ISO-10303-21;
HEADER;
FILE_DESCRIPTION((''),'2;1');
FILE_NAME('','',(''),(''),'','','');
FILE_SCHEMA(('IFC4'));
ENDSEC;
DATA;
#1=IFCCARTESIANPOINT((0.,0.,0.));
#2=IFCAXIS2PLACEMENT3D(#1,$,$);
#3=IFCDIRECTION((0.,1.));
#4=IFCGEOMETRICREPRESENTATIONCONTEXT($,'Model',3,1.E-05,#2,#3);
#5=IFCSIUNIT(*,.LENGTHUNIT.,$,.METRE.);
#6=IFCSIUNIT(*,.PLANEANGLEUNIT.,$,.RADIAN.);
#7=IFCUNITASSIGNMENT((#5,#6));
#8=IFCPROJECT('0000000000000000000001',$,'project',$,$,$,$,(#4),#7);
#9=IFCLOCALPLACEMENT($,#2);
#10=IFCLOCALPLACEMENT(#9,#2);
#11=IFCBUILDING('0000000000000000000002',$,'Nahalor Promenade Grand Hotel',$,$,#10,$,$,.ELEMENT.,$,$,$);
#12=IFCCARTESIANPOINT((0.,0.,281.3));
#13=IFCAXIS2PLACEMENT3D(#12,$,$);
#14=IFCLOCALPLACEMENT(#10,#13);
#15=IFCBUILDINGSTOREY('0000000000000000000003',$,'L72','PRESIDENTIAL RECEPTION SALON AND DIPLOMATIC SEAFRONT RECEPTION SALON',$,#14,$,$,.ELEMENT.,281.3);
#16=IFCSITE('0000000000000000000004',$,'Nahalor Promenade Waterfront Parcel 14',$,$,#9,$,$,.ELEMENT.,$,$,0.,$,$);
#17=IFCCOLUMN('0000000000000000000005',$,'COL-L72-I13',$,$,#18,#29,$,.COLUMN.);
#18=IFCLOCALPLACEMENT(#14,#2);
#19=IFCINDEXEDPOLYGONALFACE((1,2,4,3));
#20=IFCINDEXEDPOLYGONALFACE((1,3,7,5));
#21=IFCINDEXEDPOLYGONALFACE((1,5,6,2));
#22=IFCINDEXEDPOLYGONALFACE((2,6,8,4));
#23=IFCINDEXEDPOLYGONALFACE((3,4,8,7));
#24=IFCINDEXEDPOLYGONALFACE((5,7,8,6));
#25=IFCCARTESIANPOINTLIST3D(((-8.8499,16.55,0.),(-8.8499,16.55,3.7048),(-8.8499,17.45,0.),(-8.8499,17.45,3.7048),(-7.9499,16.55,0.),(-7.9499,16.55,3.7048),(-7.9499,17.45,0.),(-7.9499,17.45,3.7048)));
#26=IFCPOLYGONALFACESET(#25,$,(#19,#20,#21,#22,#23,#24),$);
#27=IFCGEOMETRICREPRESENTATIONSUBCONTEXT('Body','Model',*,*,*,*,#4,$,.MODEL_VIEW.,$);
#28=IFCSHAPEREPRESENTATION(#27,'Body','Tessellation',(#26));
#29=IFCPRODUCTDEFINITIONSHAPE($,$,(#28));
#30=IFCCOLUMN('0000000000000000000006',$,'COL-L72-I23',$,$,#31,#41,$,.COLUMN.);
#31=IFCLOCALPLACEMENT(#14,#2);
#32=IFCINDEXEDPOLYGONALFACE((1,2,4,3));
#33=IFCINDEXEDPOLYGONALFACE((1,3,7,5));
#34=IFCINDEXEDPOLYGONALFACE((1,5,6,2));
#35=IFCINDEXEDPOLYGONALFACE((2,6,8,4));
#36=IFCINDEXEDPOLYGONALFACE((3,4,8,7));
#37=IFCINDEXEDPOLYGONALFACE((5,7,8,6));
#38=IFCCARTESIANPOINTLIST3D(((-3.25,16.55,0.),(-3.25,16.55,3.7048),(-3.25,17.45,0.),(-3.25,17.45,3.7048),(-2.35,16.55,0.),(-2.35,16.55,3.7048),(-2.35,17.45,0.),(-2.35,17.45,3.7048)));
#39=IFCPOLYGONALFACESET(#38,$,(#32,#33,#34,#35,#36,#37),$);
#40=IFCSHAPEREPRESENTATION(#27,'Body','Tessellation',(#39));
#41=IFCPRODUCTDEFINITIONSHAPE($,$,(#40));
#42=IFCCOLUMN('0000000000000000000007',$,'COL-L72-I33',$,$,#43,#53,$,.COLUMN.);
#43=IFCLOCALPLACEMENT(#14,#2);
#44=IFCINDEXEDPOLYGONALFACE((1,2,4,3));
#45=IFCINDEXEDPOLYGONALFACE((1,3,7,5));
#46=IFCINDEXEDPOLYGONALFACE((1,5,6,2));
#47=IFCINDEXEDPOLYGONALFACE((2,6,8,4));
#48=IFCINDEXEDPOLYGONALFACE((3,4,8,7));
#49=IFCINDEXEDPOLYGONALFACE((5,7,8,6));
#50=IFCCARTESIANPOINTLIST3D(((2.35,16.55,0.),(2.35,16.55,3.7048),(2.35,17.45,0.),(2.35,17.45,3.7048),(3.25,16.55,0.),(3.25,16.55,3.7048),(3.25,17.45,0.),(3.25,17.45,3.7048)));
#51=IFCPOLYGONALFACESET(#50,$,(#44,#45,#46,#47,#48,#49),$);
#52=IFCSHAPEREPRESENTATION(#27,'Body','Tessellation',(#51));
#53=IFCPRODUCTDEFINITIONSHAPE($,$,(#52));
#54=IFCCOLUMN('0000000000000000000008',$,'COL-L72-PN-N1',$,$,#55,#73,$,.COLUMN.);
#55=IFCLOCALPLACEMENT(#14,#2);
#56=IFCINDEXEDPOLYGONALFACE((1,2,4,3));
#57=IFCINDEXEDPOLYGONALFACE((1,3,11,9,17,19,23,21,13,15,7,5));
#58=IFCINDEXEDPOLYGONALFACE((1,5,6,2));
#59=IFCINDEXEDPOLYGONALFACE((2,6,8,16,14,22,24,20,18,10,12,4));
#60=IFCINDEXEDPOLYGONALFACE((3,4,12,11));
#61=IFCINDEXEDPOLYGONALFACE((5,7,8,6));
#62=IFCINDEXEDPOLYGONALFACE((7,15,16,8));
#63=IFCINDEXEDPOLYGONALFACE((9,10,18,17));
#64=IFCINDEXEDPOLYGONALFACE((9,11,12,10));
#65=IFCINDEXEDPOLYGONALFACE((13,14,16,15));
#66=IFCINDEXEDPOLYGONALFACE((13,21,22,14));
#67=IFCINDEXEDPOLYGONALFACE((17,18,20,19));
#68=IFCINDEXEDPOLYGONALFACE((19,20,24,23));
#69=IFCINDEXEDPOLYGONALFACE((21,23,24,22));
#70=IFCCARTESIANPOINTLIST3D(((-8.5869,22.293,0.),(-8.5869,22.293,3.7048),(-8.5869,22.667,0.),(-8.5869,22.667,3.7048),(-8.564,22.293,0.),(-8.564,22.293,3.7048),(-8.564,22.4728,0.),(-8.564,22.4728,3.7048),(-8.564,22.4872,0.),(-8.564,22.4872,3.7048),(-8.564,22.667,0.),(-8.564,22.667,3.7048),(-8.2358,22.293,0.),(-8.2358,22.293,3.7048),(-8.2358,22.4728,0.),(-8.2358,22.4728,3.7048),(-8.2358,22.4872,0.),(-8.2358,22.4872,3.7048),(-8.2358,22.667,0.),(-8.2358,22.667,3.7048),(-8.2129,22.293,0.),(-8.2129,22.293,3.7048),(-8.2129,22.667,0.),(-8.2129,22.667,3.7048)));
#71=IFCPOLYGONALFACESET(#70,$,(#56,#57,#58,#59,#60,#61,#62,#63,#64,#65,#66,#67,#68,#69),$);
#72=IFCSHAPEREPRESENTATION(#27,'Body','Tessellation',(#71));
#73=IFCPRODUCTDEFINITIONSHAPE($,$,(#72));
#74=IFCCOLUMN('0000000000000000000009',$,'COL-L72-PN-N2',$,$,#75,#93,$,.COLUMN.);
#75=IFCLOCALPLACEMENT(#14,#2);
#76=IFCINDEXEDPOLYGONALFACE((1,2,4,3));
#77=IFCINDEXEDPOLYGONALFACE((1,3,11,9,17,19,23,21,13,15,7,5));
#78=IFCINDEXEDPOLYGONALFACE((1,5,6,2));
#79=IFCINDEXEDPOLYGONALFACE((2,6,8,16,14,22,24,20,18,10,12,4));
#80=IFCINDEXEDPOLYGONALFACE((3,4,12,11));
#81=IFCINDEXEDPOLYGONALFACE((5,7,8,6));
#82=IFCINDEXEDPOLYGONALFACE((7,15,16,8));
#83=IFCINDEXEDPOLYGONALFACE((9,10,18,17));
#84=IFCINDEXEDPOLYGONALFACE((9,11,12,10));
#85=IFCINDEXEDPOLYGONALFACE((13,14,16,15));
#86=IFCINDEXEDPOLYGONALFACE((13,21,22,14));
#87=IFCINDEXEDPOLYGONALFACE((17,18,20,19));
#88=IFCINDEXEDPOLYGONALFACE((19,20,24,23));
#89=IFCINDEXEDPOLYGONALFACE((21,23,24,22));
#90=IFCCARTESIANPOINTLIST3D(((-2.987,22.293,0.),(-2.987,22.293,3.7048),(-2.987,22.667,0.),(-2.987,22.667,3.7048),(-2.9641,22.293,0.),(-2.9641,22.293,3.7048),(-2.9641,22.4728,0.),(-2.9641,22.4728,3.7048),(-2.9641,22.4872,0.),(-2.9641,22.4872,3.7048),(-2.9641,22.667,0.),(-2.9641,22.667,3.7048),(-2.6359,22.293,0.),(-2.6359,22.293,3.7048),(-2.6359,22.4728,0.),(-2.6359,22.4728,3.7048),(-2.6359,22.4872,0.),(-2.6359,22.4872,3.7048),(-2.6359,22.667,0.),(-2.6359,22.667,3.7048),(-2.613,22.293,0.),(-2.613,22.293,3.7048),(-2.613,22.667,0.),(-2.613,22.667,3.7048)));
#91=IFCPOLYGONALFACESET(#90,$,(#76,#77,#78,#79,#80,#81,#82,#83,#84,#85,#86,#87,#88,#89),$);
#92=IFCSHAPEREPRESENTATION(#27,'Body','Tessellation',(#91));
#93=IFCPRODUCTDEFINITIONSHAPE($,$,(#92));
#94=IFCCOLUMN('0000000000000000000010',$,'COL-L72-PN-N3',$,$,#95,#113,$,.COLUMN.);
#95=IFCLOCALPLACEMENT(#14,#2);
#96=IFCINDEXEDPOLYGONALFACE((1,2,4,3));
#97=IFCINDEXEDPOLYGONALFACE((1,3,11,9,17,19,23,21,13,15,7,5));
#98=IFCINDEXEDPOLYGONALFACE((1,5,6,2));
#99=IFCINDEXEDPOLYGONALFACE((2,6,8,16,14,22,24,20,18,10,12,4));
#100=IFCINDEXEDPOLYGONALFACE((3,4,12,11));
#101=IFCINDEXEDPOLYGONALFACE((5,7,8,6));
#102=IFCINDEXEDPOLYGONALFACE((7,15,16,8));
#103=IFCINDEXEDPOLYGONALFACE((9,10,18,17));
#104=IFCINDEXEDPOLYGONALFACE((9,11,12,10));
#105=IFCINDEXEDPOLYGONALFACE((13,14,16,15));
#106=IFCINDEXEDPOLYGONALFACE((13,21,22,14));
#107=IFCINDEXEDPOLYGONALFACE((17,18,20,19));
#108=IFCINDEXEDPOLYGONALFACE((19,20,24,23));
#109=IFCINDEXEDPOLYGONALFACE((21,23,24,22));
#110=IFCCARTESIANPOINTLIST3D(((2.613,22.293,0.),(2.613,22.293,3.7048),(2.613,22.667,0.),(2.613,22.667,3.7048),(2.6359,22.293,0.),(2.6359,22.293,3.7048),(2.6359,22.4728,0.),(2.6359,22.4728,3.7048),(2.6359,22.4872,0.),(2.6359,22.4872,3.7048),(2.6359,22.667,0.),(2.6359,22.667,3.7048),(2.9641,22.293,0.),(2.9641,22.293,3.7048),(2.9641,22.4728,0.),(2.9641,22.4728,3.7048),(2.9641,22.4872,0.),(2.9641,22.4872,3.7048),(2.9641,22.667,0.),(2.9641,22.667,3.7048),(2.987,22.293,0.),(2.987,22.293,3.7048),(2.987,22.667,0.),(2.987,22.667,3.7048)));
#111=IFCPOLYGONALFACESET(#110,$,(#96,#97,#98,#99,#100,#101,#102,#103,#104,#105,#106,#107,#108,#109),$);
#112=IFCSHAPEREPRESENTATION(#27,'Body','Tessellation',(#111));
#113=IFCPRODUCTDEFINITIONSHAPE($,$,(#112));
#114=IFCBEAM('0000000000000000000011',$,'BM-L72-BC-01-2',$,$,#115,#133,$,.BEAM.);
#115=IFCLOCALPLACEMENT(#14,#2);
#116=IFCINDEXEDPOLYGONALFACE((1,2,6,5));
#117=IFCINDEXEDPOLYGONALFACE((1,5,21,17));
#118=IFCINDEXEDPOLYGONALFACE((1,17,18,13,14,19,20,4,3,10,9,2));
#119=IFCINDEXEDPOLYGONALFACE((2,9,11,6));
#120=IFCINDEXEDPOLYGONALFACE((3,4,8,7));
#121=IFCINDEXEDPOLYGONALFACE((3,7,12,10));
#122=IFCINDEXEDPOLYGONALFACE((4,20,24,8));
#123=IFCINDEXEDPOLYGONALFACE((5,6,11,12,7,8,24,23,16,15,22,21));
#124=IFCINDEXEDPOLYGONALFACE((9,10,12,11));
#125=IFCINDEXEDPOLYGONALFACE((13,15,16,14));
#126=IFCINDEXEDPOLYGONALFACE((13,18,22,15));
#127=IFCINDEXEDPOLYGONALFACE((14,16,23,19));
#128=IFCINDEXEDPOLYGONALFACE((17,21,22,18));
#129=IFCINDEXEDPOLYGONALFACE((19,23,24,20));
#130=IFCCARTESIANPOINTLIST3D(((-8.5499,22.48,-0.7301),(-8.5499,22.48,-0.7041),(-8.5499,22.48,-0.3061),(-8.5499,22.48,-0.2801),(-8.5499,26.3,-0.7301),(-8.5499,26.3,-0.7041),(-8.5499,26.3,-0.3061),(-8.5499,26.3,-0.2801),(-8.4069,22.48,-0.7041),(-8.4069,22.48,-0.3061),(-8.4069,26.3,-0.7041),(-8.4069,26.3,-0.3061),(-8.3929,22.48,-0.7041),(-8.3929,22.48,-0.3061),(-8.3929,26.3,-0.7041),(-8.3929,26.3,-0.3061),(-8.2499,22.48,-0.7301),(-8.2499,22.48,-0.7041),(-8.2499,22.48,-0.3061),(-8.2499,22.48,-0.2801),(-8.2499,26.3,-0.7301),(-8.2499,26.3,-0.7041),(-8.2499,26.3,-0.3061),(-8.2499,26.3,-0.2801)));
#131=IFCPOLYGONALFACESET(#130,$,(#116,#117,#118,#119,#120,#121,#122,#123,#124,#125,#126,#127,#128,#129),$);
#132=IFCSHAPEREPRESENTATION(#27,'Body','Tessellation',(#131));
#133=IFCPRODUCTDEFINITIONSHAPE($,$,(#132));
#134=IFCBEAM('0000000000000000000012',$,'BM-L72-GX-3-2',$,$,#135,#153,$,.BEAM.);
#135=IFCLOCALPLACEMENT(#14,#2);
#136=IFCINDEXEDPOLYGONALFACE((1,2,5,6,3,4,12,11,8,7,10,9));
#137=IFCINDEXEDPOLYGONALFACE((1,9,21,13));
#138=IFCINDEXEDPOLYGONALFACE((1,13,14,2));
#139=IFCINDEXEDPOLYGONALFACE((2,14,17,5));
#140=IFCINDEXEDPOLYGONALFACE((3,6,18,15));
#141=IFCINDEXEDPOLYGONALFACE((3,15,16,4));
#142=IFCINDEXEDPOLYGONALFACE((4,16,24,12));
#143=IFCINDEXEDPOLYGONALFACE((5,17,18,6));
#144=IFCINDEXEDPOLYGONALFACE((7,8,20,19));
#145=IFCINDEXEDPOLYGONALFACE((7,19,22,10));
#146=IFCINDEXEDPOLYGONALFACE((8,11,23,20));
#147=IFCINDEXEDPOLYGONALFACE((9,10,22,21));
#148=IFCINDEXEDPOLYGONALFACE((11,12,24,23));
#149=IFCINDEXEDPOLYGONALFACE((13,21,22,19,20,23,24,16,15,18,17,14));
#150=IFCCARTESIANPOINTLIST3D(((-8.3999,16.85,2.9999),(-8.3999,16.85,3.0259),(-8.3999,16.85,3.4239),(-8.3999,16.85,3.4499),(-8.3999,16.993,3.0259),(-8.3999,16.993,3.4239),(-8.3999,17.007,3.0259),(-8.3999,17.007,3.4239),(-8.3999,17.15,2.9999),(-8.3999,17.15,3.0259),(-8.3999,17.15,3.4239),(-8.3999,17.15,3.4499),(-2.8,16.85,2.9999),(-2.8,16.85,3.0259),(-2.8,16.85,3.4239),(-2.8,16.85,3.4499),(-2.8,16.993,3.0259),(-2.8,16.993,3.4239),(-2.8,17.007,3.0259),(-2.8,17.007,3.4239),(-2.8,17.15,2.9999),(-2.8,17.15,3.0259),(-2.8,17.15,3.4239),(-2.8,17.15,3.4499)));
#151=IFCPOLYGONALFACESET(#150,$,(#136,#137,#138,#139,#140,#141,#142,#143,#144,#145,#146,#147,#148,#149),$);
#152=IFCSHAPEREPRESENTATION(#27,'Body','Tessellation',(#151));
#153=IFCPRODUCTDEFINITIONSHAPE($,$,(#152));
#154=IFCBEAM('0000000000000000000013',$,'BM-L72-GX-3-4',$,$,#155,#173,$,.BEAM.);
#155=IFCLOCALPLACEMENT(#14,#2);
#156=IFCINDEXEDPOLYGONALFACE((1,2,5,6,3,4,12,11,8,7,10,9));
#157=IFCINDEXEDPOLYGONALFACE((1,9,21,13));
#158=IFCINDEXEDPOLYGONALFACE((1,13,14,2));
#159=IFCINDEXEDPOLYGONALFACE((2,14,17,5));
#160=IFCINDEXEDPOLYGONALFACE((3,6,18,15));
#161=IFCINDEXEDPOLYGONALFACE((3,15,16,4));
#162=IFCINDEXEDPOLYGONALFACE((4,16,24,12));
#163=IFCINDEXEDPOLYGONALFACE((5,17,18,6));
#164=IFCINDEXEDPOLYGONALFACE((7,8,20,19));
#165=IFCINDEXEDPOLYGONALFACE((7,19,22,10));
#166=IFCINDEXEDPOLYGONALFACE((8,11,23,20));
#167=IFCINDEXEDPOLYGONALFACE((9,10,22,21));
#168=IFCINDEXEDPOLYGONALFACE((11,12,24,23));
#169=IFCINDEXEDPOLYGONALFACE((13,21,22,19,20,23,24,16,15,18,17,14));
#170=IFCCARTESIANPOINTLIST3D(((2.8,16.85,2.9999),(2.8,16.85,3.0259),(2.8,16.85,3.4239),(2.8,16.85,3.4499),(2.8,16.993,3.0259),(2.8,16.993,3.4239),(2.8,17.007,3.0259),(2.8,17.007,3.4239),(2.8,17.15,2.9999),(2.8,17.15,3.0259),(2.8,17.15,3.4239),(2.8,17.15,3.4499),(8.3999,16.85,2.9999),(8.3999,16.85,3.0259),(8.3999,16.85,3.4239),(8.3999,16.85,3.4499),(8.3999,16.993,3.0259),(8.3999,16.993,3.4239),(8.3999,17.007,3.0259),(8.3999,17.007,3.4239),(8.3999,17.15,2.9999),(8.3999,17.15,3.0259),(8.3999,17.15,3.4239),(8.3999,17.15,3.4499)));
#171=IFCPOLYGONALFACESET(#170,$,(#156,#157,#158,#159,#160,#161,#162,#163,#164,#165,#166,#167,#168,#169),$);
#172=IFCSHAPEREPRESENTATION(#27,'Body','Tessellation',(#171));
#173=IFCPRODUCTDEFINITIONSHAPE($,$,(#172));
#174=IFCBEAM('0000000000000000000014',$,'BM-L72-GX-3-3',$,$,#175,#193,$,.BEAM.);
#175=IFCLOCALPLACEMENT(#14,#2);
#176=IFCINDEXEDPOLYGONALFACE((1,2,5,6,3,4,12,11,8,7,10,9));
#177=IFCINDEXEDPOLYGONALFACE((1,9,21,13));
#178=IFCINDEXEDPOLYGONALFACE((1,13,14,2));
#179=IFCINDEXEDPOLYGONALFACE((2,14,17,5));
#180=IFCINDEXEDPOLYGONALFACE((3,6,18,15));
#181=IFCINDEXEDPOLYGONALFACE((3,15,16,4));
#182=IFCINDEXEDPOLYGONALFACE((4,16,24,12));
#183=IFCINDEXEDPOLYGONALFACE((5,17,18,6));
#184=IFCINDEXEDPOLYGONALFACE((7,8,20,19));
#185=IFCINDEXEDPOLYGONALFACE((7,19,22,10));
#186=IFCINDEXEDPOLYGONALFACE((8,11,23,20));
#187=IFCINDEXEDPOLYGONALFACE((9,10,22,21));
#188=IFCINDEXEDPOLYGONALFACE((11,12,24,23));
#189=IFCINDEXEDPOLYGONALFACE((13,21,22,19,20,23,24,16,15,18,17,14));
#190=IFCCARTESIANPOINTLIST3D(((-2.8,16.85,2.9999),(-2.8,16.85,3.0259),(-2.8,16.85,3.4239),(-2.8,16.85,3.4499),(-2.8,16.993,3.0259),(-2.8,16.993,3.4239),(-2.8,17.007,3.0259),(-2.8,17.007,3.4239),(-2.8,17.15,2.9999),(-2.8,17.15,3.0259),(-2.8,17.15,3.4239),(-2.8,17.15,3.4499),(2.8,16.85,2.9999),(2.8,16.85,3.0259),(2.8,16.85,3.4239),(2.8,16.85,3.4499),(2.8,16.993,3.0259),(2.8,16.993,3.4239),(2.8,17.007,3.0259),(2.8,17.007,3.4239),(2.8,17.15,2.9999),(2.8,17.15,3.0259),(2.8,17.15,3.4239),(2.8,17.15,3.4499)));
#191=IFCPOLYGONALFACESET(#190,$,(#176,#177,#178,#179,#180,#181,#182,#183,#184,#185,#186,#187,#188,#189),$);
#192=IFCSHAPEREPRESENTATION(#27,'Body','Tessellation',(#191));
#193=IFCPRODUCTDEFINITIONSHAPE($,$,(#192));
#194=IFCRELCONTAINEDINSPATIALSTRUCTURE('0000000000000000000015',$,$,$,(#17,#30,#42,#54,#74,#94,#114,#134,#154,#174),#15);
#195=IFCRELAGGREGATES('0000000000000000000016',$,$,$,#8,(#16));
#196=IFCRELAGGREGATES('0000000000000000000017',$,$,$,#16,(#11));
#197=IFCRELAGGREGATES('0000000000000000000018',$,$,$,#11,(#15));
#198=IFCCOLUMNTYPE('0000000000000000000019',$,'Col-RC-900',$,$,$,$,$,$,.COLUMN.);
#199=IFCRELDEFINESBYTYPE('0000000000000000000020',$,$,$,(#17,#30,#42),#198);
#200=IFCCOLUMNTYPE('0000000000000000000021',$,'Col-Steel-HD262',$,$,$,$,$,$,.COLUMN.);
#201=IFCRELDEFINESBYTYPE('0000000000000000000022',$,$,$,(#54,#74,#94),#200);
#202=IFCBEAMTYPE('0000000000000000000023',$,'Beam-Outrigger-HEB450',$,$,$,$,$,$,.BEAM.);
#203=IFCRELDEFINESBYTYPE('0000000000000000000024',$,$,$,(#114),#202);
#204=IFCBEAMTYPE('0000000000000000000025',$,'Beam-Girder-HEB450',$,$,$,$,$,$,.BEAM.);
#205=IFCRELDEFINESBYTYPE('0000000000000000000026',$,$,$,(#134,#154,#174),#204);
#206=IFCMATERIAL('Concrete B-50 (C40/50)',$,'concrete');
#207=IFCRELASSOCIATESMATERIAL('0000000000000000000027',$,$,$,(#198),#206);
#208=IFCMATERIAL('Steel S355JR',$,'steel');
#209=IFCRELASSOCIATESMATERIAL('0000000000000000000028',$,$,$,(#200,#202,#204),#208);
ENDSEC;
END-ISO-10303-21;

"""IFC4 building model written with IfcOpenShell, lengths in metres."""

from ifc_helpers import new_model, si_unit, direction, frame, origin, origin_2d, place, context, subcontext, project, spatial, rectangle, i_section, extrude, source, transform, mapped, material, material_profile, profile_set, type_object, element, save


model = new_model("IFC4")

# Units and contexts
model_context = context("Model", 3, precision=1e-05, world=origin(), true_north=direction((0.0, 1.0)))
body_context = subcontext(model_context, "Body", "Model", "MODEL_VIEW")
ifc_project = project(units=[si_unit("LENGTHUNIT", "METRE"), si_unit("PLANEANGLEUNIT", "RADIAN")], contexts=[model_context])

# Site, building, storey
site_placement = place(None, origin())
site = spatial("IfcSite", under=ifc_project, at=site_placement, Name="Nahalor Promenade Waterfront Parcel 14", CompositionType="ELEMENT", RefElevation=0.0)
building_placement = place(site_placement, origin())
building = spatial("IfcBuilding", under=site, at=building_placement, Name="Nahalor Promenade Grand Hotel", CompositionType="ELEMENT")
storey_placement = place(building_placement, frame((0.0, 0.0, 281.3)))
storey = spatial("IfcBuildingStorey", under=building, at=storey_placement, Name="L72", Description="PRESIDENTIAL RECEPTION SALON AND DIPLOMATIC SEAFRONT RECEPTION SALON", CompositionType="ELEMENT", Elevation=281.3)

# Columns
ifc_material_1 = material(Name="Concrete B-50 (C40/50)", Category="concrete")
ifc_material_profile_1 = material_profile(ifc_material_1, rectangle(XDim=0.9, YDim=0.9, at=origin_2d()), Name="RC 900x900")
ifc_profile_set_1 = profile_set([ifc_material_profile_1], Name="Concrete B-50 (C40/50)")
column_type_1 = type_object("IfcColumnType", Name="Col-RC-900", PredefinedType="COLUMN", material=ifc_profile_set_1)
shared_shape_1 = source(origin(), body_context, "Body", "SweptSolid", [
    extrude(rectangle(XDim=0.9, YDim=0.9, at=origin_2d()), origin(), (0.0, 0.0, 1.0), 3.7048),
])
for number, where, z_axis, x_axis, name in (
    (1, (-8.3999, 17.0, 0.0), (0.0, 0.0, 1.0), (1.0, 0.0, 0.0), "COL-L72-I13"),
    (2, (-2.8, 17.0, 0.0), (0.0, 0.0, 1.0), (1.0, 0.0, 0.0), "COL-L72-I23"),
    (3, (2.8, 17.0, 0.0), (0.0, 0.0, 1.0), (1.0, 0.0, 0.0), "COL-L72-I33"),
):
    element("IfcColumn", number, at=place(storey_placement, frame(where, z_axis=z_axis, x_axis=x_axis)), inside=storey, type_object=column_type_1, Name=name, PredefinedType="COLUMN", context=body_context, shape_type="MappedRepresentation", body=[
        mapped(shared_shape_1, transform((0.0, 0.0, 0.0), scale=1.0)),
    ])
ifc_material_2 = material(Name="Steel S355JR", Category="steel")
ifc_material_profile_2 = material_profile(ifc_material_2, i_section(OverallWidth=0.374, OverallDepth=0.374, WebThickness=0.0144, FlangeThickness=0.0229, at=origin_2d()), Name="HD 360x262")
ifc_profile_set_2 = profile_set([ifc_material_profile_2], Name="Steel S355JR")
column_type_2 = type_object("IfcColumnType", Name="Col-Steel-HD262", PredefinedType="COLUMN", material=ifc_profile_set_2)
shared_shape_2 = source(origin(), body_context, "Body", "SweptSolid", [
    extrude(i_section(OverallWidth=0.374, OverallDepth=0.374, WebThickness=0.0144, FlangeThickness=0.0229, at=origin_2d()), origin(), (0.0, 0.0, 1.0), 3.7048),
])
for number, where, z_axis, x_axis, name in (
    (4, (-8.3999, 22.48, 0.0), (0.0, 0.0, 1.0), (0.0, 1.0, 0.0), "COL-L72-PN-N1"),
    (5, (-2.8, 22.48, 0.0), (0.0, 0.0, 1.0), (0.0, 1.0, 0.0), "COL-L72-PN-N2"),
    (6, (2.8, 22.48, 0.0), (0.0, 0.0, 1.0), (0.0, 1.0, 0.0), "COL-L72-PN-N3"),
):
    element("IfcColumn", number, at=place(storey_placement, frame(where, z_axis=z_axis, x_axis=x_axis)), inside=storey, type_object=column_type_2, Name=name, PredefinedType="COLUMN", context=body_context, shape_type="MappedRepresentation", body=[
        mapped(shared_shape_2, transform((0.0, 0.0, 0.0), scale=1.0)),
    ])

# Beams
ifc_material_profile_3 = material_profile(ifc_material_2, i_section(OverallWidth=0.3, OverallDepth=0.45, WebThickness=0.014, FlangeThickness=0.026, at=origin_2d()), Name="HEB 450")
ifc_profile_set_3 = profile_set([ifc_material_profile_3], Name="Steel S355JR")
beam_type_1 = type_object("IfcBeamType", Name="Beam-Outrigger-HEB450", PredefinedType="BEAM", material=ifc_profile_set_3)
shared_shape_3 = source(origin(), body_context, "Body", "SweptSolid", [
    extrude(i_section(OverallWidth=0.3, OverallDepth=0.45, WebThickness=0.014, FlangeThickness=0.026, at=origin_2d()), origin(), (0.0, 0.0, 1.0), 3.8201),
])
beam_1_placement = place(storey_placement, frame((-8.3999, 22.48, -0.5051), z_axis=(0.0, 1.0, 0.0), x_axis=(-1.0, 0.0, 0.0)))
element("IfcBeam", 7, at=beam_1_placement, inside=storey, type_object=beam_type_1, Name="BM-L72-BC-01-2", PredefinedType="BEAM", context=body_context, shape_type="MappedRepresentation", body=[
    mapped(shared_shape_3, transform((0.0, 0.0, 0.0), scale=1.0)),
])
ifc_material_profile_4 = material_profile(ifc_material_2, i_section(OverallWidth=0.3, OverallDepth=0.45, WebThickness=0.014, FlangeThickness=0.026, at=origin_2d()), Name="HEB 450")
ifc_profile_set_4 = profile_set([ifc_material_profile_4], Name="Steel S355JR")
beam_type_2 = type_object("IfcBeamType", Name="Beam-Girder-HEB450", PredefinedType="BEAM", material=ifc_profile_set_4)
shared_shape_4 = source(origin(), body_context, "Body", "SweptSolid", [
    extrude(i_section(OverallWidth=0.3, OverallDepth=0.45, WebThickness=0.014, FlangeThickness=0.026, at=origin_2d()), origin(), (0.0, 0.0, 1.0), 5.5999),
])
for number, where, z_axis, x_axis, name in (
    (8, (-8.3999, 17.0, 3.2249), (1.0, 0.0, 0.0), (0.0, 1.0, 0.0), "BM-L72-GX-3-2"),
    (9, (2.8, 17.0, 3.2249), (1.0, 0.0, 0.0), (0.0, 1.0, 0.0), "BM-L72-GX-3-4"),
):
    element("IfcBeam", number, at=place(storey_placement, frame(where, z_axis=z_axis, x_axis=x_axis)), inside=storey, type_object=beam_type_2, Name=name, PredefinedType="BEAM", context=body_context, shape_type="MappedRepresentation", body=[
        mapped(shared_shape_4, transform((0.0, 0.0, 0.0), scale=1.0)),
    ])
shared_shape_5 = source(origin(), body_context, "Body", "SweptSolid", [
    extrude(i_section(OverallWidth=0.3, OverallDepth=0.45, WebThickness=0.014, FlangeThickness=0.026, at=origin_2d()), origin(), (0.0, 0.0, 1.0), 5.6001),
])
beam_2_placement = place(storey_placement, frame((-2.8, 17.0, 3.2249), z_axis=(1.0, 0.0, 0.0), x_axis=(0.0, 1.0, 0.0)))
element("IfcBeam", 10, at=beam_2_placement, inside=storey, type_object=beam_type_2, Name="BM-L72-GX-3-3", PredefinedType="BEAM", context=body_context, shape_type="MappedRepresentation", body=[
    mapped(shared_shape_5, transform((0.0, 0.0, 0.0), scale=1.0)),
])

save(model, "model.ifc")
